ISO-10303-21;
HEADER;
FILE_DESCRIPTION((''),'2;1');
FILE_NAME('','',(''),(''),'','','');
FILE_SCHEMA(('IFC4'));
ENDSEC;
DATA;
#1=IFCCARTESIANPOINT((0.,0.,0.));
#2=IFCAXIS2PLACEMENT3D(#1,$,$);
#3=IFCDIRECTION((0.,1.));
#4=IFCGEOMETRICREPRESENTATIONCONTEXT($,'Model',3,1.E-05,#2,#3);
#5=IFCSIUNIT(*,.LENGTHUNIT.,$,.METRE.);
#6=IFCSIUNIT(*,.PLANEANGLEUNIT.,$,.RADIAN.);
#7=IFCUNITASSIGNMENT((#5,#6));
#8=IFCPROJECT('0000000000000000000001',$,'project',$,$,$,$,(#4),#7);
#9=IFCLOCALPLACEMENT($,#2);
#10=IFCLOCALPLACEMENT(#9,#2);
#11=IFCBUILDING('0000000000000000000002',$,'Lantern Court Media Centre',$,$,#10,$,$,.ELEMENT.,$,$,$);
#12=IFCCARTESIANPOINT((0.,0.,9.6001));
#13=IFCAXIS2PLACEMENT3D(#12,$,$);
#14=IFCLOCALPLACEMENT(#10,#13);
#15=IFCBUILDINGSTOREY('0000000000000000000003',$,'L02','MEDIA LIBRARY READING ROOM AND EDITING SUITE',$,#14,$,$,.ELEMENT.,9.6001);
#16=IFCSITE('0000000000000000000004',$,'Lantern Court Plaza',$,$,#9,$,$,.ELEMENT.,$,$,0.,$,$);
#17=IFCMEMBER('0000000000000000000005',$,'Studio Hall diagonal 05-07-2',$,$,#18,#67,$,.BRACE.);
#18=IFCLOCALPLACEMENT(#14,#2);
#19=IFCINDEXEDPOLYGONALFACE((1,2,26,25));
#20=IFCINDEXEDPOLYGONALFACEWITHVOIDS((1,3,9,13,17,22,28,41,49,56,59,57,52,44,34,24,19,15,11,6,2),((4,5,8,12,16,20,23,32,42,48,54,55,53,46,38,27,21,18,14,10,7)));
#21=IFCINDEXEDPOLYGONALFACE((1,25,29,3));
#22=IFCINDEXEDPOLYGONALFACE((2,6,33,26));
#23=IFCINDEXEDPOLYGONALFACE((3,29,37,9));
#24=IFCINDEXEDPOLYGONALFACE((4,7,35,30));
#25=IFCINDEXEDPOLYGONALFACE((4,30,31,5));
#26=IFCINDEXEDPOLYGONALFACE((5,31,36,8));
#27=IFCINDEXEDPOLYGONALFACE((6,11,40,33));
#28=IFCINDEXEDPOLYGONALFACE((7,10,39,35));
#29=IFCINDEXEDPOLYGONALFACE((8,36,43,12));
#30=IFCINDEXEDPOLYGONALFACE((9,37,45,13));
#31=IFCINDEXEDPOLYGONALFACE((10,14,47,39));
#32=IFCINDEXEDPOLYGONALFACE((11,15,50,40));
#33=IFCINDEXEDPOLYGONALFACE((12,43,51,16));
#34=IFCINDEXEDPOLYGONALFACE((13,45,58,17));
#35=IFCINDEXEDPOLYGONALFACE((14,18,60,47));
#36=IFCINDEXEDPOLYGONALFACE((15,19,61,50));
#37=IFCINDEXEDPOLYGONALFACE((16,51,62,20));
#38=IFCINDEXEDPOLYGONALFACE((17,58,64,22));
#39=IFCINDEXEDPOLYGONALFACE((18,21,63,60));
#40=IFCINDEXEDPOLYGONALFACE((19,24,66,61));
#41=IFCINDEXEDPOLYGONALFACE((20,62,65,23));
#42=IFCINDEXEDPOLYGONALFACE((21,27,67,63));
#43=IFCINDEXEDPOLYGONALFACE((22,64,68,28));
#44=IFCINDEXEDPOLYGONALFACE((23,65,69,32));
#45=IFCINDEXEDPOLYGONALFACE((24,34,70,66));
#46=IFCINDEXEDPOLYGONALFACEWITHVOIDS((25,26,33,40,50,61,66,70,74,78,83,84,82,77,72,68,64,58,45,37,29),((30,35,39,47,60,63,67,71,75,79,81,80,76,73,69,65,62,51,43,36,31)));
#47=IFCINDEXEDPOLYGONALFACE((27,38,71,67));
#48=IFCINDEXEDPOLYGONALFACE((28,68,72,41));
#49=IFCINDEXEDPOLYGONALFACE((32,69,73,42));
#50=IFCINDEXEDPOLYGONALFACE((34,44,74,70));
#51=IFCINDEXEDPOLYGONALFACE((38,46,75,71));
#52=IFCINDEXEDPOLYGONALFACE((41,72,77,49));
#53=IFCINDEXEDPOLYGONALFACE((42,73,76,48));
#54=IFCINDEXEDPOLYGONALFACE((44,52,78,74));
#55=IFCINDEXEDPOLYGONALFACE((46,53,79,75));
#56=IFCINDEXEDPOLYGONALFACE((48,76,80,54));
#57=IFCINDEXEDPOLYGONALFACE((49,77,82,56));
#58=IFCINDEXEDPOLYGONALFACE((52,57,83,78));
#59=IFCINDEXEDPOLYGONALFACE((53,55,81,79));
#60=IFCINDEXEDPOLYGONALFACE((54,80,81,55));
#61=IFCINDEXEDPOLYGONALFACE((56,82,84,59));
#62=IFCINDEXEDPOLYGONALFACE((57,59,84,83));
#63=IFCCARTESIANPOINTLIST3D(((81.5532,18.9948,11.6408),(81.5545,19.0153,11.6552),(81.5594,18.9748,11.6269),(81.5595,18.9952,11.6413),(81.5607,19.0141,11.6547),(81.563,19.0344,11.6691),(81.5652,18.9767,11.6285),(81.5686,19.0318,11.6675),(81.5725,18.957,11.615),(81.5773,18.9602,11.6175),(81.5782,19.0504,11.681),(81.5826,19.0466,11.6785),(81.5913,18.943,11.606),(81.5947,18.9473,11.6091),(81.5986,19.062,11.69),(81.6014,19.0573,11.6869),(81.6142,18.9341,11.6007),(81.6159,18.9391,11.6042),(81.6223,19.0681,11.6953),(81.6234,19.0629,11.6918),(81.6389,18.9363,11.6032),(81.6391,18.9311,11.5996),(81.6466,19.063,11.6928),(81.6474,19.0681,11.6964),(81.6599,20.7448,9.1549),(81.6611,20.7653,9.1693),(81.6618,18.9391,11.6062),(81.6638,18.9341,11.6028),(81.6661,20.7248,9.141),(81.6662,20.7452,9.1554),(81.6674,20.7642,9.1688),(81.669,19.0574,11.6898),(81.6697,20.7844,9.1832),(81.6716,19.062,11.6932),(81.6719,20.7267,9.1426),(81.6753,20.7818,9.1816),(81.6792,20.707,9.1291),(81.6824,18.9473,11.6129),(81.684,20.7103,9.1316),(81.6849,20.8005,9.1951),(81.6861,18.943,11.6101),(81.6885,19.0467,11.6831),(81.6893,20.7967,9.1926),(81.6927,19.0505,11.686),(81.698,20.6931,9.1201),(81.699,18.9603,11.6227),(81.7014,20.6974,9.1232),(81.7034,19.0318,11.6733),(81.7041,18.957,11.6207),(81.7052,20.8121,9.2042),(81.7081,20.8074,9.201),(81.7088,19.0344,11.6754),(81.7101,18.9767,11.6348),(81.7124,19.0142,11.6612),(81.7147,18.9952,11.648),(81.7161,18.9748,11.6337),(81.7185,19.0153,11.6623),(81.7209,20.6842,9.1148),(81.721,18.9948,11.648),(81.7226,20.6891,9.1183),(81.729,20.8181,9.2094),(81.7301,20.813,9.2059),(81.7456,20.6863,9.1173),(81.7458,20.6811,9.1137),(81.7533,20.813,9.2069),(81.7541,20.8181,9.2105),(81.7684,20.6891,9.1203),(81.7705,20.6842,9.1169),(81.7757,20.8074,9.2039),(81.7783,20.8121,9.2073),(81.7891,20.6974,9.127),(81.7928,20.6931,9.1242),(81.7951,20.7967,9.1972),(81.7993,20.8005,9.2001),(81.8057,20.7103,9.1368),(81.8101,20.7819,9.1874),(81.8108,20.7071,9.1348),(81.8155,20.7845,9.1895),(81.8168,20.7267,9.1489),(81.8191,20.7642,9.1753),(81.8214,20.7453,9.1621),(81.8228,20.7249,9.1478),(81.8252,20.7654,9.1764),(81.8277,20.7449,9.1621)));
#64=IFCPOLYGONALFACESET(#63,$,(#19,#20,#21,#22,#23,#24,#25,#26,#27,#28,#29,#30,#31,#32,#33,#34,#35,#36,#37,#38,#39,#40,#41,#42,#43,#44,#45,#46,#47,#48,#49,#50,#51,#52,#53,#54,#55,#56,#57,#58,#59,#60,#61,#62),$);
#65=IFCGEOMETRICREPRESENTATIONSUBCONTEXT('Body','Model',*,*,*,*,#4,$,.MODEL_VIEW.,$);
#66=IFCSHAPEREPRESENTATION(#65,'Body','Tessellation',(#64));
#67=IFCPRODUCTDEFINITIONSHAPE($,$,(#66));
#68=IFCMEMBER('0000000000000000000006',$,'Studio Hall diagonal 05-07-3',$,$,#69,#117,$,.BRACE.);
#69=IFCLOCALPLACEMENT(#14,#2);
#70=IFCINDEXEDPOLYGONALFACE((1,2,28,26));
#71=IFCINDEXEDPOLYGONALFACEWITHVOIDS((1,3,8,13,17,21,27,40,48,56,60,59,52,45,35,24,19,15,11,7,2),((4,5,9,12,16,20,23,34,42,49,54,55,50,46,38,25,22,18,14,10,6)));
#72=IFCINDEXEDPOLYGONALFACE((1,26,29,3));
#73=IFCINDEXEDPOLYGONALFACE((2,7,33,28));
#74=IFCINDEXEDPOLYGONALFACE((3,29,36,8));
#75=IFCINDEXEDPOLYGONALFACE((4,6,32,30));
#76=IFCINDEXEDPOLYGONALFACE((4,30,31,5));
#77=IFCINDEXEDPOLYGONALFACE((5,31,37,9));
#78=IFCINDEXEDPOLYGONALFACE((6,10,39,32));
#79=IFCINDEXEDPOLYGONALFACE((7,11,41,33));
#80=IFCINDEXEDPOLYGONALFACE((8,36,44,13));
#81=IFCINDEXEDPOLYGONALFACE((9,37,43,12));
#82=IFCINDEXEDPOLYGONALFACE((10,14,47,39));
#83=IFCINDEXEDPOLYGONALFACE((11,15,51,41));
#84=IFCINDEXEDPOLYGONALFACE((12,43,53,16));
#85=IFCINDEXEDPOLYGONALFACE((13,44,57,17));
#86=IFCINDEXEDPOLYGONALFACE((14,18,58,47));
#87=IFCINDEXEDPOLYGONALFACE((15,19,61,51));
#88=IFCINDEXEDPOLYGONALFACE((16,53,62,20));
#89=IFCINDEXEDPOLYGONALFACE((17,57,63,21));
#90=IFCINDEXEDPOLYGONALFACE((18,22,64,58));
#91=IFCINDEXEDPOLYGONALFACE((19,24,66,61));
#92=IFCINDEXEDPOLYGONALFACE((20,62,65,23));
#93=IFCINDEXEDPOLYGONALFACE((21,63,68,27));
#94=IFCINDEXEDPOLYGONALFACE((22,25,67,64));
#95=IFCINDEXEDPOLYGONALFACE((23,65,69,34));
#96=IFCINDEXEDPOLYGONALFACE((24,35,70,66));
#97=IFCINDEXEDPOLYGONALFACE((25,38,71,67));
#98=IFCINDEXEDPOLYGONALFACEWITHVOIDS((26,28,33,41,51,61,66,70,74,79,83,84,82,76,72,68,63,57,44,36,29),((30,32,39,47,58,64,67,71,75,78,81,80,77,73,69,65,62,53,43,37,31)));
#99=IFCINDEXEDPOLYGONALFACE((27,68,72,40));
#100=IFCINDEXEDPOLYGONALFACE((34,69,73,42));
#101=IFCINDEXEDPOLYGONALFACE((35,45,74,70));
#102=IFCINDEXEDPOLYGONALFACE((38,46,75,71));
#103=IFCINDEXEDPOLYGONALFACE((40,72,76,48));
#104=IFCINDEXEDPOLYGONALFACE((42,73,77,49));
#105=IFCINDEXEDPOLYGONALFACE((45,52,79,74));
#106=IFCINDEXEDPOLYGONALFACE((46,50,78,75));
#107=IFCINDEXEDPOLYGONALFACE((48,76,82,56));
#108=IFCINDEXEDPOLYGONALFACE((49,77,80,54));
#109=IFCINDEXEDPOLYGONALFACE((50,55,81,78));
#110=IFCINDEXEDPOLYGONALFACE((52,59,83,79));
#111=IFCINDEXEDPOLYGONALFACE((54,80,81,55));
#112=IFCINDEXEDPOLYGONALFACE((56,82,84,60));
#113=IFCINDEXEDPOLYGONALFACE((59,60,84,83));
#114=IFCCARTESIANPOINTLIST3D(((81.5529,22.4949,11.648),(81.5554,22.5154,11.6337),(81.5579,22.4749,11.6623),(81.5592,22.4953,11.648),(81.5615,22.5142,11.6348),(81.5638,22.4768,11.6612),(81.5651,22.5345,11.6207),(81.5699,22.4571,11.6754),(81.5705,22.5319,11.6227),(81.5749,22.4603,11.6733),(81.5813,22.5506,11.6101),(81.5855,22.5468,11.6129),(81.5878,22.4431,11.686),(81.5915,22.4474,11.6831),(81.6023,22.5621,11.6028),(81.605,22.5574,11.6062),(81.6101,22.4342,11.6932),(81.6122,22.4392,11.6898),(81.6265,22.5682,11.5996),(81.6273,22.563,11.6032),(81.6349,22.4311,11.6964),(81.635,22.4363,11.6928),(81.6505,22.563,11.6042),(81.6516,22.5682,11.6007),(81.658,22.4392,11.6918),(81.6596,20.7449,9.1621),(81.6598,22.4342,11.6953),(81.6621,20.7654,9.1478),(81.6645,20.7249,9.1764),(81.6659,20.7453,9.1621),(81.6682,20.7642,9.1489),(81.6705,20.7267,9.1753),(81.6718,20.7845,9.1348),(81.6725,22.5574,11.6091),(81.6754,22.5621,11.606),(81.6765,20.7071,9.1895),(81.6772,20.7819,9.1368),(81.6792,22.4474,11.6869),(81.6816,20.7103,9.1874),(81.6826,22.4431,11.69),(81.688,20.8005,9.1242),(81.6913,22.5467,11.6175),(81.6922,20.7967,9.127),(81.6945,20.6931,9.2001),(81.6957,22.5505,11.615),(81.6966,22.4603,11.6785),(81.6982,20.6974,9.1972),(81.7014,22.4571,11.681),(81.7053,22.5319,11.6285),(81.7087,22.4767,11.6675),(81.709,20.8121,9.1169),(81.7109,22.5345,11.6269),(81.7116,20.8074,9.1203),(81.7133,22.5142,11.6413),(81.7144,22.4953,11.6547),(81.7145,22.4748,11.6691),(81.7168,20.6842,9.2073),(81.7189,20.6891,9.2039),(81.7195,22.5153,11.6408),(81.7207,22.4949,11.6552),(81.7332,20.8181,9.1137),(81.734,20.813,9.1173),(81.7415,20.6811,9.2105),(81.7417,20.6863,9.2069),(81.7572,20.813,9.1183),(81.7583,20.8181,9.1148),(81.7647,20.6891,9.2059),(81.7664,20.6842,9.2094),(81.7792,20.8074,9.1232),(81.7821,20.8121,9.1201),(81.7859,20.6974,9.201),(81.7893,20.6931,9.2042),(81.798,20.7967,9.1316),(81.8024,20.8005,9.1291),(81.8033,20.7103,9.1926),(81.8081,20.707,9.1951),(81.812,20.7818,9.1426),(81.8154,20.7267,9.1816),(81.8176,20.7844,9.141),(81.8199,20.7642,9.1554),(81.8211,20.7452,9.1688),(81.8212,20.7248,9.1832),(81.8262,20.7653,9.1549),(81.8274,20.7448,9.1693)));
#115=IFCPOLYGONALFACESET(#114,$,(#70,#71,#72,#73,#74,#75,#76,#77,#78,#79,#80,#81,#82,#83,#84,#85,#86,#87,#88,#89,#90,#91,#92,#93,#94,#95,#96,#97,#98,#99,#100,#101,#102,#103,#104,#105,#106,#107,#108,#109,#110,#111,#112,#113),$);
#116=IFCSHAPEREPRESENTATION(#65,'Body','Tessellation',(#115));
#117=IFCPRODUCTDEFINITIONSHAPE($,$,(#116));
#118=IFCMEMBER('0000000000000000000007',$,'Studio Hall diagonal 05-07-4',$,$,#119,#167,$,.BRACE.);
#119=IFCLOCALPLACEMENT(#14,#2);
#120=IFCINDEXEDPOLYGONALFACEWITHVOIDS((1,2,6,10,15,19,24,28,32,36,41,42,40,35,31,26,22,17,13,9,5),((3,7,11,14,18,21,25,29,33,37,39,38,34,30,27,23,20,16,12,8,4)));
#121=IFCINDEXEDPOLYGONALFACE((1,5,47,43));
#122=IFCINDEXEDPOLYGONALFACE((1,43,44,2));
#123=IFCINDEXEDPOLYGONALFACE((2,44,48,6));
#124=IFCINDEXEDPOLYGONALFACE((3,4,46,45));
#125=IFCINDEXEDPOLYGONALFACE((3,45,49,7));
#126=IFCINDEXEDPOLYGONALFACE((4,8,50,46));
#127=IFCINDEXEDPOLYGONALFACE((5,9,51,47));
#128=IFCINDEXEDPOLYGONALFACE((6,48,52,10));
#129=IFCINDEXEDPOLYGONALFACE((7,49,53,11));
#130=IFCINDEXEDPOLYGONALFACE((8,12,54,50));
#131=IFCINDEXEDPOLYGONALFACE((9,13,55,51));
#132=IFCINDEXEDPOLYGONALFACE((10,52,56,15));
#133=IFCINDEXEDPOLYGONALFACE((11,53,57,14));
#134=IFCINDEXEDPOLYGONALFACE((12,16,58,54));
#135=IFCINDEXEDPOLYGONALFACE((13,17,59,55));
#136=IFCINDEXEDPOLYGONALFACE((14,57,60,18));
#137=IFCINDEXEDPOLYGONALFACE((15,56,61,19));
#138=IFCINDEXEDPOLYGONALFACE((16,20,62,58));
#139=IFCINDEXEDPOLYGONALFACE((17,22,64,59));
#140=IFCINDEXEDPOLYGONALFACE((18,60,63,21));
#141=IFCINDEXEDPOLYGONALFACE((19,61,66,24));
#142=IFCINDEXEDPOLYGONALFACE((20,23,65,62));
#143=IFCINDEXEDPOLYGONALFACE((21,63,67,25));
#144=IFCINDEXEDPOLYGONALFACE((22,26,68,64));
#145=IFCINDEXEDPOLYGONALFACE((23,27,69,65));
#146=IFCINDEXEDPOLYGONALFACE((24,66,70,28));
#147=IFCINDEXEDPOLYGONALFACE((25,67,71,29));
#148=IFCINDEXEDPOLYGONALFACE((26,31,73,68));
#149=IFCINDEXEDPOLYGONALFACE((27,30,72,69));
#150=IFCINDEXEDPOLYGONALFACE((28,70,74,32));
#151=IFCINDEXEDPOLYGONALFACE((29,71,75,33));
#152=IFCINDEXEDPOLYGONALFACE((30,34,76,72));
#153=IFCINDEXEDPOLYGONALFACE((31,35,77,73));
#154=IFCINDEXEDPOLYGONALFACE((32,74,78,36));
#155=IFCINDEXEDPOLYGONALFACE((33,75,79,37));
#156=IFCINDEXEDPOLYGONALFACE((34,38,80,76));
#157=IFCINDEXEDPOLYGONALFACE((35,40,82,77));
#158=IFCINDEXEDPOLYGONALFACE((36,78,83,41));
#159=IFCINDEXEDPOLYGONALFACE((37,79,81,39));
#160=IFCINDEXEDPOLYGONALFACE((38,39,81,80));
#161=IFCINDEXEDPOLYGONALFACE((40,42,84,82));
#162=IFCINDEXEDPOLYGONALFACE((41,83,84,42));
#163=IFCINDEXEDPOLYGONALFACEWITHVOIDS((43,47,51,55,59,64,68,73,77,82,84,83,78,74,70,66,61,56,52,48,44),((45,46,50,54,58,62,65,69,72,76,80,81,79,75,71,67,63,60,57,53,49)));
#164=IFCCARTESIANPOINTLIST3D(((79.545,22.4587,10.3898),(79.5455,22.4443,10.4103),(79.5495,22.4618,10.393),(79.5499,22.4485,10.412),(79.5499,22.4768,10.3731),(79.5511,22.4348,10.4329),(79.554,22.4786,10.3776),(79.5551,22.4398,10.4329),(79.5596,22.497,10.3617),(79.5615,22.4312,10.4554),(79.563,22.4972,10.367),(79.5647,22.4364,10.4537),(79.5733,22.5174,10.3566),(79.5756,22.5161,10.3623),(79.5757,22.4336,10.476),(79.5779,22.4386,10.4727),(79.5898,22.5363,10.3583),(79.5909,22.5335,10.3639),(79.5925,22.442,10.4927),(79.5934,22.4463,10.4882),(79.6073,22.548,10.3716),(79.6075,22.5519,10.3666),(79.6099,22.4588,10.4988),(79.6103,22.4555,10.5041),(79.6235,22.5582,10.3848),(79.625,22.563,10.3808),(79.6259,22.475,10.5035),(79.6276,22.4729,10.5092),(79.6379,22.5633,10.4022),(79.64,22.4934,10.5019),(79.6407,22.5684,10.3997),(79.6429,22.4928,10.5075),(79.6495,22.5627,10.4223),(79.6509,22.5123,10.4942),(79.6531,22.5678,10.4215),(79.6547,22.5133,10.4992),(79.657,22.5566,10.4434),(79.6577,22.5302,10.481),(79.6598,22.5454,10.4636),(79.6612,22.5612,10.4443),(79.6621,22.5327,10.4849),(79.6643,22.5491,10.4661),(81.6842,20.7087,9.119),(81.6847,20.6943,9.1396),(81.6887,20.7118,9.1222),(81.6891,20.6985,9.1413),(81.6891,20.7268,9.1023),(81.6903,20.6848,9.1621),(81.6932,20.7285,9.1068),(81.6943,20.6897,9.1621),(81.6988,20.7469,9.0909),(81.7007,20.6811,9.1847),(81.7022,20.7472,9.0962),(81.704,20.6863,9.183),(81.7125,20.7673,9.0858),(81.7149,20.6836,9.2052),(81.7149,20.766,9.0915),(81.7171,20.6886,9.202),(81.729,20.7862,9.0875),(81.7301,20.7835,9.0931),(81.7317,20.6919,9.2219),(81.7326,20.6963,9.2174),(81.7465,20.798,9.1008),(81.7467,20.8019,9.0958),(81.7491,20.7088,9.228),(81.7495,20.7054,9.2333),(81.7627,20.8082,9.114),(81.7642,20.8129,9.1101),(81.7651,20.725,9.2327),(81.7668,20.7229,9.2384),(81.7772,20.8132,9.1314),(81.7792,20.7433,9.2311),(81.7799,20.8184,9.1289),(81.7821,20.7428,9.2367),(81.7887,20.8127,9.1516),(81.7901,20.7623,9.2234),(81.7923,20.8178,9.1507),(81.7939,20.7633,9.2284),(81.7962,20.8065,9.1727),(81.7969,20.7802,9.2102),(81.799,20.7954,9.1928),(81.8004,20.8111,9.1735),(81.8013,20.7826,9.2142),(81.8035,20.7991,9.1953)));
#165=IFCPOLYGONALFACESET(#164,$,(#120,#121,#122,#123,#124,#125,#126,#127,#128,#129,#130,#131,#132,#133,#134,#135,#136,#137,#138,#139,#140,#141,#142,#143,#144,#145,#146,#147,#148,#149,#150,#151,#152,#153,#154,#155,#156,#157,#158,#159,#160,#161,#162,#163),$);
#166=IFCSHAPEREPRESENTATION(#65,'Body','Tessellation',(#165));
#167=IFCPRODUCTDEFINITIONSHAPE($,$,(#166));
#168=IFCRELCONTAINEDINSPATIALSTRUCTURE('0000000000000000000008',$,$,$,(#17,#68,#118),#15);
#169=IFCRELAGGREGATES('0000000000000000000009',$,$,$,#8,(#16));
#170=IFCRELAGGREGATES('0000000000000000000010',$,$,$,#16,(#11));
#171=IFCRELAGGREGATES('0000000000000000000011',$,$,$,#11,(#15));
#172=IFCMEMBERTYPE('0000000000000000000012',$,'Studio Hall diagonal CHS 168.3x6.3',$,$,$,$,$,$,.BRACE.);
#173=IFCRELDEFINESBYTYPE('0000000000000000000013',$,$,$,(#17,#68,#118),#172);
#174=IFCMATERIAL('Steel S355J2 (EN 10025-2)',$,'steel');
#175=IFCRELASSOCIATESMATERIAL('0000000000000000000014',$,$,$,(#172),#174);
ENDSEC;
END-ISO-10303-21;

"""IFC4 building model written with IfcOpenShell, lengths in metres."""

from ifc_helpers import new_model, si_unit, direction, frame, origin, origin_2d, place, context, subcontext, project, spatial, hollow_circle, extrude, material, material_profile, profile_set, type_object, element, save


model = new_model("IFC4")

# Units and contexts
model_context = context("Model", 3, precision=1e-05, world=origin(), true_north=direction((0.0, 1.0)))
body_context = subcontext(model_context, "Body", "Model", "MODEL_VIEW")
ifc_project = project(units=[si_unit("LENGTHUNIT", "METRE"), si_unit("PLANEANGLEUNIT", "RADIAN")], contexts=[model_context])

# Site, building, storey
site_placement = place(None, origin())
site = spatial("IfcSite", under=ifc_project, at=site_placement, Name="Lantern Court Plaza", CompositionType="ELEMENT", RefElevation=0.0)
building_placement = place(site_placement, origin())
building = spatial("IfcBuilding", under=site, at=building_placement, Name="Lantern Court Media Centre", CompositionType="ELEMENT")
storey_placement = place(building_placement, frame((0.0, 0.0, 9.6001)))
storey = spatial("IfcBuildingStorey", under=building, at=storey_placement, Name="L02", Description="MEDIA LIBRARY READING ROOM AND EDITING SUITE", CompositionType="ELEMENT", Elevation=9.6001)

# Members
ifc_material = material(Name="Steel S355J2 (EN 10025-2)", Category="steel")
ifc_material_profile_1 = material_profile(ifc_material, hollow_circle(Radius=0.0842, WallThickness=0.0063, at=origin_2d()), Name="Studio Hall diagonal CHS 168.3x6.3")
ifc_profile_set_1 = profile_set([ifc_material_profile_1], Name="Steel S355J2 (EN 10025-2)")
member_type_1 = type_object("IfcMemberType", Name="Studio Hall diagonal CHS 168.3x6.3", PredefinedType="BRACE", material=ifc_profile_set_1)
for number, where, z_axis, x_axis, name in (
    (1, (81.7437, 20.75, 9.1621), (-0.035073, -0.575294, 0.817194), (0.998147, -0.060852, 0.0), "Studio Hall diagonal 05-07-2"),
    (2, (81.7437, 20.75, 9.1621), (-0.035073, 0.575294, 0.817194), (-0.998147, -0.060852, 0.0), "Studio Hall diagonal 05-07-3"),
    (3, (81.7437, 20.75, 9.1621), (-0.703225, 0.575293, 0.417746), (-0.63319, -0.773997, 0.0), "Studio Hall diagonal 05-07-4"),
):
    element("IfcMember", number, at=place(storey_placement, frame(where, z_axis=z_axis, x_axis=x_axis)), inside=storey, type_object=member_type_1, Name=name, PredefinedType="BRACE", context=body_context, shape_type="SweptSolid", body=[
        extrude(hollow_circle(Radius=0.0842, WallThickness=0.0063, at=origin_2d()), origin(), (0.0, 0.0, 1.0), 3.042),
    ])

save(model, "model.ifc")
